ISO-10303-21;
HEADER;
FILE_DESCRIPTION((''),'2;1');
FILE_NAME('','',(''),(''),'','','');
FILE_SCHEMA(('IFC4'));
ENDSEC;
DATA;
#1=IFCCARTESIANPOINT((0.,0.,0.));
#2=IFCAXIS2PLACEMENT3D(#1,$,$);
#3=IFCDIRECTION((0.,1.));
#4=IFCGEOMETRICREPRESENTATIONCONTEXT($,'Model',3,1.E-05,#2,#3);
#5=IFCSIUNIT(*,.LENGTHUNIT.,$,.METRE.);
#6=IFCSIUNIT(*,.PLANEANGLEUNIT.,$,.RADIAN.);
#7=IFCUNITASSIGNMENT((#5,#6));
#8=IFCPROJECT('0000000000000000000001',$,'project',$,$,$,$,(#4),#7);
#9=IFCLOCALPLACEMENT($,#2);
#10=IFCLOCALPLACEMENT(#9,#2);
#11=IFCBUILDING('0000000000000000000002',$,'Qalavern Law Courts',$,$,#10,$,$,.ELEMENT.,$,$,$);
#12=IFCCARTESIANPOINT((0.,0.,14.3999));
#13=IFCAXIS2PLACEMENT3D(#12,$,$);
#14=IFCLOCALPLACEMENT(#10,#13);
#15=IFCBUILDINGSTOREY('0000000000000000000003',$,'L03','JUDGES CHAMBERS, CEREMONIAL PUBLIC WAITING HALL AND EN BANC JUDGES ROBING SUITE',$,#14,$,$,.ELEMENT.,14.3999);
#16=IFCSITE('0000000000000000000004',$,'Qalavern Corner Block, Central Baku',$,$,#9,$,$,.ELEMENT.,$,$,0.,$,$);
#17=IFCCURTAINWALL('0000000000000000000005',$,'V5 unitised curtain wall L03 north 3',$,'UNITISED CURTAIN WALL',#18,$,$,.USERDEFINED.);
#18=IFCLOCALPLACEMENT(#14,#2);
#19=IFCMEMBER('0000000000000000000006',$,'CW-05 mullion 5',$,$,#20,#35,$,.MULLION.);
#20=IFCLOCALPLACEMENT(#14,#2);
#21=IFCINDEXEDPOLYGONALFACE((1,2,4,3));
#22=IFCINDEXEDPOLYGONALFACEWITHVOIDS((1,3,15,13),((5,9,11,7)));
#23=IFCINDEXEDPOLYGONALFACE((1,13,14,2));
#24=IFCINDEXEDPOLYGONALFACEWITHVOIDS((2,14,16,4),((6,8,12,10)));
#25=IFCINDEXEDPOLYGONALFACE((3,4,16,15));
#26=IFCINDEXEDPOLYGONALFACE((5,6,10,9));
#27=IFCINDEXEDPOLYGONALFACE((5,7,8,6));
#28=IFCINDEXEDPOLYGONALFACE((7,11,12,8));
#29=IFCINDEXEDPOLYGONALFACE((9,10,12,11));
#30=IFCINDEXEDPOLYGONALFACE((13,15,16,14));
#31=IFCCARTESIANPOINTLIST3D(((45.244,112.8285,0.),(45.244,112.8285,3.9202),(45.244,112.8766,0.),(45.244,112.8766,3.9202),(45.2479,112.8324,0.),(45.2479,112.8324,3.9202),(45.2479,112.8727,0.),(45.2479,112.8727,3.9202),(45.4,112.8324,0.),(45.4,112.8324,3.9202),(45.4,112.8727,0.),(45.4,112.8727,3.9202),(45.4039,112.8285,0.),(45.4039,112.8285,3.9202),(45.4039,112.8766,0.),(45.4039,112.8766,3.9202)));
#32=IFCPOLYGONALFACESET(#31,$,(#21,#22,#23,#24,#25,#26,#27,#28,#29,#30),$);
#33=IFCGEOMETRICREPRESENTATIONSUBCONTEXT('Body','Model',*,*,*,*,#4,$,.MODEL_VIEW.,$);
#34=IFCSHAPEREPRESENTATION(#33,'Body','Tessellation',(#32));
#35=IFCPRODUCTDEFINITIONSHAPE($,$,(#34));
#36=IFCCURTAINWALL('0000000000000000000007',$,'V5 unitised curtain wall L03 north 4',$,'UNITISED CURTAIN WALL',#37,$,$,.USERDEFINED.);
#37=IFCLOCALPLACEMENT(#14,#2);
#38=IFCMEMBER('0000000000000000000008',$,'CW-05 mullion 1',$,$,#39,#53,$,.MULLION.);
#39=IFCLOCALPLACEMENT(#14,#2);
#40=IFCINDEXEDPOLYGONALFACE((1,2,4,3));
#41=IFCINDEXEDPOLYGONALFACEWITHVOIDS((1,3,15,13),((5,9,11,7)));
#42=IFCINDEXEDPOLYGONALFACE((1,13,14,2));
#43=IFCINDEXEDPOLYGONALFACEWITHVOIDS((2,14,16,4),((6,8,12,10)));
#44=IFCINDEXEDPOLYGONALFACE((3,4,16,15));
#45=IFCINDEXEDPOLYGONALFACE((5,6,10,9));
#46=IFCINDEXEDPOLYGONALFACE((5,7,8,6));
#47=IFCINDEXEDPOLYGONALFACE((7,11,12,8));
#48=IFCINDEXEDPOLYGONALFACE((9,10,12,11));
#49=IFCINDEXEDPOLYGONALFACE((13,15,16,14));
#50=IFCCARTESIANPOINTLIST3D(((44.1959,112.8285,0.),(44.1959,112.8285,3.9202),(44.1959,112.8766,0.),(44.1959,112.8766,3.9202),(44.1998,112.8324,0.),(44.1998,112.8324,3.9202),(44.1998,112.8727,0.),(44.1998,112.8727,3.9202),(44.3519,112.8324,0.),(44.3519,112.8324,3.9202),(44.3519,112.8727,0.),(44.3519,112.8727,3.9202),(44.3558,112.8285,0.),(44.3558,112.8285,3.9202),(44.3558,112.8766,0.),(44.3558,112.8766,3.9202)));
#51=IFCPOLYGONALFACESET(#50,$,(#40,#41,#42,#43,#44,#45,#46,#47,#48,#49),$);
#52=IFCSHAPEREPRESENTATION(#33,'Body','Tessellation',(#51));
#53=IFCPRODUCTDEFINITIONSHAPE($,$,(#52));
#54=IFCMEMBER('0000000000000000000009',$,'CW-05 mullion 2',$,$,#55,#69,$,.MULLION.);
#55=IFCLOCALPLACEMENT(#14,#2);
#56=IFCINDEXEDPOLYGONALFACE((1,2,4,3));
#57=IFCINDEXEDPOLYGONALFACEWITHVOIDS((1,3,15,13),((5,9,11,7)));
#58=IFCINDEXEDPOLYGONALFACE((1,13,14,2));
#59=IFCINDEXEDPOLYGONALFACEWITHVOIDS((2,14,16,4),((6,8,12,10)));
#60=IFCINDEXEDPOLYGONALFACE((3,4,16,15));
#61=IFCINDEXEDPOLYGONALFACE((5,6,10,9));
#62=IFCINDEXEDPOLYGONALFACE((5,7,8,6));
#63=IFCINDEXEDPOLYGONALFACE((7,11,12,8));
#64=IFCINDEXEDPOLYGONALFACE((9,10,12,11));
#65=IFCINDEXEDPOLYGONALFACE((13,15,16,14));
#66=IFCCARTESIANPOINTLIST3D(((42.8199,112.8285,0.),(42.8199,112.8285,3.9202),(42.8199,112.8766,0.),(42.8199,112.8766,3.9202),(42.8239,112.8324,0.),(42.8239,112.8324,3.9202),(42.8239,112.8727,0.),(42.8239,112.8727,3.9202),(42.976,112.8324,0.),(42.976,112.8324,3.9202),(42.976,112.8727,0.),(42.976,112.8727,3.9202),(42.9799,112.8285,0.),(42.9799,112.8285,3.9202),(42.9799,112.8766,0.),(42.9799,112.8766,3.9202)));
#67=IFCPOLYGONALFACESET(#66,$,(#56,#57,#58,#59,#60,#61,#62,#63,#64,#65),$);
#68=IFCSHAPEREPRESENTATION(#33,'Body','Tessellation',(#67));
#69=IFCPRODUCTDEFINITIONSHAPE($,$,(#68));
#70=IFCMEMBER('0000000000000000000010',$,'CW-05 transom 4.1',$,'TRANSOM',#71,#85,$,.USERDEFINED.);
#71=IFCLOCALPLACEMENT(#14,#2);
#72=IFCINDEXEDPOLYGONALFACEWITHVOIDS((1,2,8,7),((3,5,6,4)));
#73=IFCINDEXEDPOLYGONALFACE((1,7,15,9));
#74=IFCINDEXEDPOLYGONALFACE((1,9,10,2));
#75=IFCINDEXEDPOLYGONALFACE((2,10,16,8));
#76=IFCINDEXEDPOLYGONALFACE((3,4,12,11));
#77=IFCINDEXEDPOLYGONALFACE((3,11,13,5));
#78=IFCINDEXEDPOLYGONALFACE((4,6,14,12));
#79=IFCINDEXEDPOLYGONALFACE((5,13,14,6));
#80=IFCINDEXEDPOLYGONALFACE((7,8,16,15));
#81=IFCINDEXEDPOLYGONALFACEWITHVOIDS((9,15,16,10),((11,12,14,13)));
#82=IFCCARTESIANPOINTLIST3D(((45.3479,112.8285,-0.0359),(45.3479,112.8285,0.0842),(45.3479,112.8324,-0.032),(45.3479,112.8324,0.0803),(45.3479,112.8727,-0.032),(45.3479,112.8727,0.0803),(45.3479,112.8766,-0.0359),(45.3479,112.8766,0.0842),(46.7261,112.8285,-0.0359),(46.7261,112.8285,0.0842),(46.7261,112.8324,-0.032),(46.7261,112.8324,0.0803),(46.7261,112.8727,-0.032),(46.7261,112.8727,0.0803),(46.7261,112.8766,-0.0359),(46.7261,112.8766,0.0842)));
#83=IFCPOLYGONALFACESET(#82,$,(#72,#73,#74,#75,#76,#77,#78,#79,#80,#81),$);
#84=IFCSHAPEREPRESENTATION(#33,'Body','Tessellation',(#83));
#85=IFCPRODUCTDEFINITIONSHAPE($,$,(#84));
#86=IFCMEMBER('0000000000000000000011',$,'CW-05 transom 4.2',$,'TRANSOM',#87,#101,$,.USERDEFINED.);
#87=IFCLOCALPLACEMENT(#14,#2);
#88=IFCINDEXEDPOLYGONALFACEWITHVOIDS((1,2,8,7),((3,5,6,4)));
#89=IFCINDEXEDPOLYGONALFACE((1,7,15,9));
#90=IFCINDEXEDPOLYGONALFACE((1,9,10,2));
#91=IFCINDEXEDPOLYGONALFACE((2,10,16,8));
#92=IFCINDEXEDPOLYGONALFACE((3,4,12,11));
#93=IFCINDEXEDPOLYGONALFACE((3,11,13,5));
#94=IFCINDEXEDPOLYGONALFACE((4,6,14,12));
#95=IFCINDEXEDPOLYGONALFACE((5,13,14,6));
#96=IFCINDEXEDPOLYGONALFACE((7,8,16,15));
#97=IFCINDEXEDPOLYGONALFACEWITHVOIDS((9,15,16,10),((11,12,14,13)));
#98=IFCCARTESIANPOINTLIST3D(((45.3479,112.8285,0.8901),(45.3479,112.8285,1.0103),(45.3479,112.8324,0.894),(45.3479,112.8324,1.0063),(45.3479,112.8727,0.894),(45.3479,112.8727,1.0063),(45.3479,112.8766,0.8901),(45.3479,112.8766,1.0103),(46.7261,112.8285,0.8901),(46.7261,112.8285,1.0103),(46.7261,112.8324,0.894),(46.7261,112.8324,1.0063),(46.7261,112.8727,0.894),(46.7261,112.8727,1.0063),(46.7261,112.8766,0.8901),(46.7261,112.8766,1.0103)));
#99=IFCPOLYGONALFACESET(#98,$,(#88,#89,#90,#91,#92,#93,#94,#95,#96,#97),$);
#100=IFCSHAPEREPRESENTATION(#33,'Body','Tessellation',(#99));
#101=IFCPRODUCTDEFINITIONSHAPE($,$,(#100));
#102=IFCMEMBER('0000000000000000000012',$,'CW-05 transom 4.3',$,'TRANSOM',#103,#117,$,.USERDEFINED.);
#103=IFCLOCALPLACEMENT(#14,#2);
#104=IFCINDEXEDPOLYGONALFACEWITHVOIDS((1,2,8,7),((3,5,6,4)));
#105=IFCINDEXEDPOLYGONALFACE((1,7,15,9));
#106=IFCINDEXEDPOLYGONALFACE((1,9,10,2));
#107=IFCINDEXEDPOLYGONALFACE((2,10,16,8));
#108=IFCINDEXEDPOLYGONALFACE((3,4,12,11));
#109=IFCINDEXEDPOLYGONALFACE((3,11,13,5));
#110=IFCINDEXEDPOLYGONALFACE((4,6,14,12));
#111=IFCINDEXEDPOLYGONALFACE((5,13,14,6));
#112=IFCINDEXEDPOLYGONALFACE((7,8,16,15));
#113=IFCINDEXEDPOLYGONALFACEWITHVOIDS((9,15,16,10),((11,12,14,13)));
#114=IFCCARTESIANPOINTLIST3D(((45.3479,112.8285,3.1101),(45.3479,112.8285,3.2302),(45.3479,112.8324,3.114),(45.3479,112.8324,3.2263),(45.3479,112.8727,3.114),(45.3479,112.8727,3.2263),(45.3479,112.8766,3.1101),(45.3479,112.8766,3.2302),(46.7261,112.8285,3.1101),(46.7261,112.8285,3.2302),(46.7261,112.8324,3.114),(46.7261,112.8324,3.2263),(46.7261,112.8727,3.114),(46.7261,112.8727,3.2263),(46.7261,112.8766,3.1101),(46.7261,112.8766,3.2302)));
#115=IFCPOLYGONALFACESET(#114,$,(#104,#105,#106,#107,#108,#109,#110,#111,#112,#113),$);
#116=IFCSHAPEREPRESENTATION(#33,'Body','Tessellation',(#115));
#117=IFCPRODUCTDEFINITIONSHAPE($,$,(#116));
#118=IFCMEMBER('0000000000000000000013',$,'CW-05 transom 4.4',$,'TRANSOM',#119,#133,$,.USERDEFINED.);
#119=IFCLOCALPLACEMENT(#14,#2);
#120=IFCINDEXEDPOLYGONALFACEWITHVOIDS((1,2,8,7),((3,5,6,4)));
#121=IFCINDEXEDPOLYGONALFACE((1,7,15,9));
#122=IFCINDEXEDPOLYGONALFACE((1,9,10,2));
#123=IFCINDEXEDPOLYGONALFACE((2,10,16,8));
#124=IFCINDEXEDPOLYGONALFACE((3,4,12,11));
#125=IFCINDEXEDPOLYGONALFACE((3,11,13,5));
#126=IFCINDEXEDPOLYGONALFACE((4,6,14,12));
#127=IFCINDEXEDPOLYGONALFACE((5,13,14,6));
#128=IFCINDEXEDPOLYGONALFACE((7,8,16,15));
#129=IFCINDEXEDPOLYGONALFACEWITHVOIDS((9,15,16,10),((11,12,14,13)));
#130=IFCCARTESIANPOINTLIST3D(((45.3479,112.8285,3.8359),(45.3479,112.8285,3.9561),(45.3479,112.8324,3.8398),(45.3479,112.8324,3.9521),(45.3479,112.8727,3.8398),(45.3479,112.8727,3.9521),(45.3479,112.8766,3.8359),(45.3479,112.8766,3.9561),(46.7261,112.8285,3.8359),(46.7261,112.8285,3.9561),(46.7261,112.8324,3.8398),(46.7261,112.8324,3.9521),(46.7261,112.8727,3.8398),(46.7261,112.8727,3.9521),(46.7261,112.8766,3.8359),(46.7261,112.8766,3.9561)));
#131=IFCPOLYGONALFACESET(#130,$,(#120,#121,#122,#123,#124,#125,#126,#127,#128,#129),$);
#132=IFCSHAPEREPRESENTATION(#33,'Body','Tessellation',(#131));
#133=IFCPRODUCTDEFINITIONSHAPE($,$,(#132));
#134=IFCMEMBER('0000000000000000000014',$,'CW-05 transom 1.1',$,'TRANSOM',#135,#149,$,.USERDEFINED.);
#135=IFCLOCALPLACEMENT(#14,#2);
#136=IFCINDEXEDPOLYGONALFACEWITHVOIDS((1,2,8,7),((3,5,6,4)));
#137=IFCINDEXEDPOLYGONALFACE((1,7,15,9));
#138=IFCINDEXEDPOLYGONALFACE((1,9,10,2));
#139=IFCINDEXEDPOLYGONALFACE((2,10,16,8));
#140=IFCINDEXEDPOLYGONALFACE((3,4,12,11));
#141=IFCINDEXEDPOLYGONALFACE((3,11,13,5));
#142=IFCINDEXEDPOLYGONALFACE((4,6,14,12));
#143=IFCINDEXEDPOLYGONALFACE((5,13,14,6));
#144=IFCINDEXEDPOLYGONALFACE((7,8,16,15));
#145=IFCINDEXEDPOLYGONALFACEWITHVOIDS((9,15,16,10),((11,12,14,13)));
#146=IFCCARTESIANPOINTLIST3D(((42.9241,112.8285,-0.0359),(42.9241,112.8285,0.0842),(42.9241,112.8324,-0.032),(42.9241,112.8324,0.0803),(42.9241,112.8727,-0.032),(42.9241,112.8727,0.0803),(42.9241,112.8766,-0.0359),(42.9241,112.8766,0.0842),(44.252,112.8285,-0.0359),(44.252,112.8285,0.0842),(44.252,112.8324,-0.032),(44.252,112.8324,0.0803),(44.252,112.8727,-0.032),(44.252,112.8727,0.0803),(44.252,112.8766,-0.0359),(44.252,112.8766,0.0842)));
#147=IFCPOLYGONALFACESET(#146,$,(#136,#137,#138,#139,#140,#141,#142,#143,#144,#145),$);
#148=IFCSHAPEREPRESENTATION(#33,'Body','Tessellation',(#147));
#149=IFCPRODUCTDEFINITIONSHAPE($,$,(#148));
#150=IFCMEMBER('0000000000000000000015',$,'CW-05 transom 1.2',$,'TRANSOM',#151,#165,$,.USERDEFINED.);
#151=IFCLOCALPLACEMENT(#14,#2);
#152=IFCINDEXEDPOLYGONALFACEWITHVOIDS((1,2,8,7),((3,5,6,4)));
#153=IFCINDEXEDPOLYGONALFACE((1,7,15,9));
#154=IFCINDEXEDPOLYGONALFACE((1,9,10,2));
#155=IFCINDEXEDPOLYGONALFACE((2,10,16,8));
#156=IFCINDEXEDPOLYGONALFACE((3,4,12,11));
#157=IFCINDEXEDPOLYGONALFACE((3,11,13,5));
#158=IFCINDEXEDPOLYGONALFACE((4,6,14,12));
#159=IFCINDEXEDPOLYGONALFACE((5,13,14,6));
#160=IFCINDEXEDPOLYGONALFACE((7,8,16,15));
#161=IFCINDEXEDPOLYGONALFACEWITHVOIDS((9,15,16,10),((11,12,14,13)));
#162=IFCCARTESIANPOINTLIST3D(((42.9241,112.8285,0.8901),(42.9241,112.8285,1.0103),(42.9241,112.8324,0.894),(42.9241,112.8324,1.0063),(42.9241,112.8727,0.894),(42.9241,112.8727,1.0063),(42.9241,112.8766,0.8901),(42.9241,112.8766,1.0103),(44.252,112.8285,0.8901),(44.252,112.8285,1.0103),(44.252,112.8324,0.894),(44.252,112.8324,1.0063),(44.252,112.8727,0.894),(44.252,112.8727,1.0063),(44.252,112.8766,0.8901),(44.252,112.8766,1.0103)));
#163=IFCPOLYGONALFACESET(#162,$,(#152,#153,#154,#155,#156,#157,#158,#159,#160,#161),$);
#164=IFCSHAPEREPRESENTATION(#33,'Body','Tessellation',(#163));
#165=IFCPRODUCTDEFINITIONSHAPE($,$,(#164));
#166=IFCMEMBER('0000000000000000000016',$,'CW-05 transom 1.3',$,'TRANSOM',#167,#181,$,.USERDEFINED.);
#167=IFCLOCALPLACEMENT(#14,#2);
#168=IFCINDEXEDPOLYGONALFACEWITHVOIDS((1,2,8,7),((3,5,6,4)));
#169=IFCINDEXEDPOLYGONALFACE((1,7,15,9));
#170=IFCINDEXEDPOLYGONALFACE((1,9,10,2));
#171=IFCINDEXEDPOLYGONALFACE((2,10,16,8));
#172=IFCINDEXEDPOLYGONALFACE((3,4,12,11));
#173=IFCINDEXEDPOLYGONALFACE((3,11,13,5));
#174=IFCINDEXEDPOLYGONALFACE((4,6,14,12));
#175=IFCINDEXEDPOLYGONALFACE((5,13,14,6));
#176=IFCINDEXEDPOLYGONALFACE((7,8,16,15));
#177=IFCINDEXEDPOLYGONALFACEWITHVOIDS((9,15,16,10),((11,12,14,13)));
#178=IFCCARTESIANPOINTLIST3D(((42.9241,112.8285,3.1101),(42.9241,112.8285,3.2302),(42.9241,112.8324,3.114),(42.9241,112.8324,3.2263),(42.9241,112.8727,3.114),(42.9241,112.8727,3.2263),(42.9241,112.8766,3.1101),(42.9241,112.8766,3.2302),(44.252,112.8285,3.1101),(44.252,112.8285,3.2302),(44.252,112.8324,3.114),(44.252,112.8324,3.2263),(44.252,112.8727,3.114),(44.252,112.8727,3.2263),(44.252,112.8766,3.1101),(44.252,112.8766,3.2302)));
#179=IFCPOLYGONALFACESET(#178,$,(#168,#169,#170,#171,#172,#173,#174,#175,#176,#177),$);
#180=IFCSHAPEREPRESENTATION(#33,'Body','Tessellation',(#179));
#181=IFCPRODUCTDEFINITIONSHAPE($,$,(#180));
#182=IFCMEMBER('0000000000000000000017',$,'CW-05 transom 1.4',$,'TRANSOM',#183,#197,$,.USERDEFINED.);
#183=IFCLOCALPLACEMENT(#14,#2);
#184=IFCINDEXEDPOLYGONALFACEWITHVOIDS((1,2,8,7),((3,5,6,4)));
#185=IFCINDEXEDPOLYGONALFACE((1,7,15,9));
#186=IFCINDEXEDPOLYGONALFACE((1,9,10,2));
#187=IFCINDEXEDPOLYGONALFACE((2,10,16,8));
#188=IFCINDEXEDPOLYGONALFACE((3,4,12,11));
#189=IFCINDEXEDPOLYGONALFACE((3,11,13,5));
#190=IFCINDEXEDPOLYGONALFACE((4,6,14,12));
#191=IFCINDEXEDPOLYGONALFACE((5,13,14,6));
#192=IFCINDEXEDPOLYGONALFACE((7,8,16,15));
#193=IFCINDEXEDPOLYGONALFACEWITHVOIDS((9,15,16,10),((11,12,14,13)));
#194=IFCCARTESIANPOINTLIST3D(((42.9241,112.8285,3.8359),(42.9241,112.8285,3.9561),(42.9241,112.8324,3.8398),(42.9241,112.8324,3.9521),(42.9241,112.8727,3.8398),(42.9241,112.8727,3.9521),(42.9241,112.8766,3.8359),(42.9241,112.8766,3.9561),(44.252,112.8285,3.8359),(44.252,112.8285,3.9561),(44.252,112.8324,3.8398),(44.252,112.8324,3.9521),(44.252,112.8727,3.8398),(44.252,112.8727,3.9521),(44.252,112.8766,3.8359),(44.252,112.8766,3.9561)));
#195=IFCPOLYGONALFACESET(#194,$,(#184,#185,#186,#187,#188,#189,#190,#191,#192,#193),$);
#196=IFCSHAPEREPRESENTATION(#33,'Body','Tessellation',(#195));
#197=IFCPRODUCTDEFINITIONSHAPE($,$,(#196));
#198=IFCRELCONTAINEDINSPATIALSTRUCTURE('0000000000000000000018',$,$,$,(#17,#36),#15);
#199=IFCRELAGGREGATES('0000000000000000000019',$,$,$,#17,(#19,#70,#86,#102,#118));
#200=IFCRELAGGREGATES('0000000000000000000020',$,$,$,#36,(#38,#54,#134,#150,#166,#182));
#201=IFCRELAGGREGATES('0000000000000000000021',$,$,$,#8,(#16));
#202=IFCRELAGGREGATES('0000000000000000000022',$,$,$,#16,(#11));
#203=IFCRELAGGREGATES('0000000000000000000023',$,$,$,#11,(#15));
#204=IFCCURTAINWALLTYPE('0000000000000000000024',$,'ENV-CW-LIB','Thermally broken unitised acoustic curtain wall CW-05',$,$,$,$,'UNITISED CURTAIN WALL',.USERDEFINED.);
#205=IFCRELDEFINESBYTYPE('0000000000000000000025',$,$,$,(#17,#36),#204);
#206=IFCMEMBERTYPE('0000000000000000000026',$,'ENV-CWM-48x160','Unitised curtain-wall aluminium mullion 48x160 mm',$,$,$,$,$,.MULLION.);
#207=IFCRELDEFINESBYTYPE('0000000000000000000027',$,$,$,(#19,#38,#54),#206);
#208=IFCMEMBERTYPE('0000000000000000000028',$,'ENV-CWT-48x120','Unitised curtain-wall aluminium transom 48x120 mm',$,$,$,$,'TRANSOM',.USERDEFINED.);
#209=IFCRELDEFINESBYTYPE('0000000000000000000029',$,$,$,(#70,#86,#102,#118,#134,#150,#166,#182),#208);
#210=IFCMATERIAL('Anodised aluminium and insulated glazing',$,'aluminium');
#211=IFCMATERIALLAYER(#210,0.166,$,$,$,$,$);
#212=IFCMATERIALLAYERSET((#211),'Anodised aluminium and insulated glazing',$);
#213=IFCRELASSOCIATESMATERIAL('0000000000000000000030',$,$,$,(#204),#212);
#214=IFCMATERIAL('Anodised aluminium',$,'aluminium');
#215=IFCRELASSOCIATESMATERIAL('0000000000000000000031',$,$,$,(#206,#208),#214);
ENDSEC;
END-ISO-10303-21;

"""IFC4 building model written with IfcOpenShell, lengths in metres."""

from ifc_helpers import new_model, si_unit, direction, frame, origin, origin_2d, place, context, subcontext, project, spatial, hollow_rectangle, extrude, material, layer, layer_set, material_profile, profile_set, type_object, element, aggregate, save


model = new_model("IFC4")

# Units and contexts
model_context = context("Model", 3, precision=1e-05, world=origin(), true_north=direction((0.0, 1.0)))
body_context = subcontext(model_context, "Body", "Model", "MODEL_VIEW")
ifc_project = project(units=[si_unit("LENGTHUNIT", "METRE"), si_unit("PLANEANGLEUNIT", "RADIAN")], contexts=[model_context])

# Site, building, storey
site_placement = place(None, origin())
site = spatial("IfcSite", under=ifc_project, at=site_placement, Name="Qalavern Corner Block, Central Baku", CompositionType="ELEMENT", RefElevation=0.0)
building_placement = place(site_placement, origin())
building = spatial("IfcBuilding", under=site, at=building_placement, Name="Qalavern Law Courts", CompositionType="ELEMENT")
storey_placement = place(building_placement, frame((0.0, 0.0, 14.3999)))
storey = spatial("IfcBuildingStorey", under=building, at=storey_placement, Name="L03", Description="JUDGES CHAMBERS, CEREMONIAL PUBLIC WAITING HALL AND EN BANC JUDGES ROBING SUITE", CompositionType="ELEMENT", Elevation=14.3999)

# Curtain wall, member
ifc_material_1 = material(Name="Anodised aluminium and insulated glazing", Category="aluminium")
ifc_layer_1 = layer(ifc_material_1, 0.166)
ifc_layer_set_1 = layer_set([ifc_layer_1], Name="Anodised aluminium and insulated glazing")
curtain_wall_type = type_object("IfcCurtainWallType", Name="ENV-CW-LIB", Description="Thermally broken unitised acoustic curtain wall CW-05", ElementType="UNITISED CURTAIN WALL", PredefinedType="USERDEFINED", material=ifc_layer_set_1)
curtain_wall_1_placement = place(storey_placement, origin())
curtain_wall_1 = element("IfcCurtainWall", 1, at=curtain_wall_1_placement, inside=storey, type_object=curtain_wall_type, Name="V5 unitised curtain wall L03 north 3", ObjectType="UNITISED CURTAIN WALL", PredefinedType="USERDEFINED")
ifc_material_2 = material(Name="Anodised aluminium", Category="aluminium")
ifc_material_profile_1 = material_profile(ifc_material_2, hollow_rectangle(XDim=0.0481, YDim=0.1599, WallThickness=0.0039, at=origin_2d()), Name="ALU MULLION 48x160")
ifc_profile_set_1 = profile_set([ifc_material_profile_1], Name="Anodised aluminium")
member_type_1 = type_object("IfcMemberType", Name="ENV-CWM-48x160", Description="Unitised curtain-wall aluminium mullion 48x160 mm", PredefinedType="MULLION", material=ifc_profile_set_1)
member_1_placement = place(storey_placement, frame((45.324, 112.8525, 0.0), z_axis=(0.0, 0.0, 1.0), x_axis=(0.0, -1.0, 0.0)))
member_1 = element("IfcMember", 2, at=member_1_placement, type_object=member_type_1, Name="CW-05 mullion 5", PredefinedType="MULLION", context=body_context, shape_type="SweptSolid", body=[
    extrude(hollow_rectangle(XDim=0.0481, YDim=0.1599, WallThickness=0.0039, at=origin_2d()), origin(), (0.0, 0.0, 1.0), 3.9202),
])

# Curtain wall, members
curtain_wall_2_placement = place(storey_placement, origin())
curtain_wall_2 = element("IfcCurtainWall", 3, at=curtain_wall_2_placement, inside=storey, type_object=curtain_wall_type, Name="V5 unitised curtain wall L03 north 4", ObjectType="UNITISED CURTAIN WALL", PredefinedType="USERDEFINED")
member_2_placement = place(storey_placement, frame((44.2759, 112.8525, 0.0), z_axis=(0.0, 0.0, 1.0), x_axis=(0.0, -1.0, 0.0)))
member_2 = element("IfcMember", 4, at=member_2_placement, type_object=member_type_1, Name="CW-05 mullion 1", PredefinedType="MULLION", context=body_context, shape_type="SweptSolid", body=[
    extrude(hollow_rectangle(XDim=0.0481, YDim=0.1599, WallThickness=0.0039, at=origin_2d()), origin(), (0.0, 0.0, 1.0), 3.9202),
])
member_3_placement = place(storey_placement, frame((42.8999, 112.8525, 0.0), z_axis=(0.0, 0.0, 1.0), x_axis=(0.0, -1.0, 0.0)))
member_3 = element("IfcMember", 5, at=member_3_placement, type_object=member_type_1, Name="CW-05 mullion 2", PredefinedType="MULLION", context=body_context, shape_type="SweptSolid", body=[
    extrude(hollow_rectangle(XDim=0.0481, YDim=0.1599, WallThickness=0.0039, at=origin_2d()), origin(), (0.0, 0.0, 1.0), 3.9202),
])

# Members
ifc_material_profile_2 = material_profile(ifc_material_2, hollow_rectangle(XDim=0.0481, YDim=0.1201, WallThickness=0.0039, at=origin_2d()), Name="ALU TRANSOM 48x120")
ifc_profile_set_2 = profile_set([ifc_material_profile_2], Name="Anodised aluminium")
member_type_2 = type_object("IfcMemberType", Name="ENV-CWT-48x120", Description="Unitised curtain-wall aluminium transom 48x120 mm", ElementType="TRANSOM", PredefinedType="USERDEFINED", material=ifc_profile_set_2)
member_4_placement = place(storey_placement, frame((46.7261, 112.8525, 0.0242), z_axis=(-1.0, 0.0, 0.0), x_axis=(0.0, -1.0, 0.0)))
member_4 = element("IfcMember", 6, at=member_4_placement, type_object=member_type_2, Name="CW-05 transom 4.1", ObjectType="TRANSOM", PredefinedType="USERDEFINED", context=body_context, shape_type="SweptSolid", body=[
    extrude(hollow_rectangle(XDim=0.0481, YDim=0.1201, WallThickness=0.0039, at=origin_2d()), origin(), (0.0, 0.0, 1.0), 1.3782),
])
member_5_placement = place(storey_placement, frame((46.7261, 112.8525, 0.9502), z_axis=(-1.0, 0.0, 0.0), x_axis=(0.0, -1.0, 0.0)))
member_5 = element("IfcMember", 7, at=member_5_placement, type_object=member_type_2, Name="CW-05 transom 4.2", ObjectType="TRANSOM", PredefinedType="USERDEFINED", context=body_context, shape_type="SweptSolid", body=[
    extrude(hollow_rectangle(XDim=0.0481, YDim=0.1201, WallThickness=0.0039, at=origin_2d()), origin(), (0.0, 0.0, 1.0), 1.3782),
])
member_6_placement = place(storey_placement, frame((46.7261, 112.8525, 3.1702), z_axis=(-1.0, 0.0, 0.0), x_axis=(0.0, -1.0, 0.0)))
member_6 = element("IfcMember", 8, at=member_6_placement, type_object=member_type_2, Name="CW-05 transom 4.3", ObjectType="TRANSOM", PredefinedType="USERDEFINED", context=body_context, shape_type="SweptSolid", body=[
    extrude(hollow_rectangle(XDim=0.0481, YDim=0.1201, WallThickness=0.0039, at=origin_2d()), origin(), (0.0, 0.0, 1.0), 1.3782),
])
member_7_placement = place(storey_placement, frame((46.7261, 112.8525, 3.896), z_axis=(-1.0, 0.0, 0.0), x_axis=(0.0, -1.0, 0.0)))
member_7 = element("IfcMember", 9, at=member_7_placement, type_object=member_type_2, Name="CW-05 transom 4.4", ObjectType="TRANSOM", PredefinedType="USERDEFINED", context=body_context, shape_type="SweptSolid", body=[
    extrude(hollow_rectangle(XDim=0.0481, YDim=0.1201, WallThickness=0.0039, at=origin_2d()), origin(), (0.0, 0.0, 1.0), 1.3782),
])
member_8_placement = place(storey_placement, frame((44.252, 112.8525, 0.0242), z_axis=(-1.0, 0.0, 0.0), x_axis=(0.0, -1.0, 0.0)))
member_8 = element("IfcMember", 10, at=member_8_placement, type_object=member_type_2, Name="CW-05 transom 1.1", ObjectType="TRANSOM", PredefinedType="USERDEFINED", context=body_context, shape_type="SweptSolid", body=[
    extrude(hollow_rectangle(XDim=0.0481, YDim=0.1201, WallThickness=0.0039, at=origin_2d()), origin(), (0.0, 0.0, 1.0), 1.3279),
])
member_9_placement = place(storey_placement, frame((44.252, 112.8525, 0.9502), z_axis=(-1.0, 0.0, 0.0), x_axis=(0.0, -1.0, 0.0)))
member_9 = element("IfcMember", 11, at=member_9_placement, type_object=member_type_2, Name="CW-05 transom 1.2", ObjectType="TRANSOM", PredefinedType="USERDEFINED", context=body_context, shape_type="SweptSolid", body=[
    extrude(hollow_rectangle(XDim=0.0481, YDim=0.1201, WallThickness=0.0039, at=origin_2d()), origin(), (0.0, 0.0, 1.0), 1.3279),
])
member_10_placement = place(storey_placement, frame((44.252, 112.8525, 3.1702), z_axis=(-1.0, 0.0, 0.0), x_axis=(0.0, -1.0, 0.0)))
member_10 = element("IfcMember", 12, at=member_10_placement, type_object=member_type_2, Name="CW-05 transom 1.3", ObjectType="TRANSOM", PredefinedType="USERDEFINED", context=body_context, shape_type="SweptSolid", body=[
    extrude(hollow_rectangle(XDim=0.0481, YDim=0.1201, WallThickness=0.0039, at=origin_2d()), origin(), (0.0, 0.0, 1.0), 1.3279),
])
member_11_placement = place(storey_placement, frame((44.252, 112.8525, 3.896), z_axis=(-1.0, 0.0, 0.0), x_axis=(0.0, -1.0, 0.0)))
member_11 = element("IfcMember", 13, at=member_11_placement, type_object=member_type_2, Name="CW-05 transom 1.4", ObjectType="TRANSOM", PredefinedType="USERDEFINED", context=body_context, shape_type="SweptSolid", body=[
    extrude(hollow_rectangle(XDim=0.0481, YDim=0.1201, WallThickness=0.0039, at=origin_2d()), origin(), (0.0, 0.0, 1.0), 1.3279),
])

aggregate(curtain_wall_1, [member_1, member_4, member_5, member_6, member_7])
aggregate(curtain_wall_2, [member_2, member_3, member_8, member_9, member_10, member_11])

save(model, "model.ifc")
